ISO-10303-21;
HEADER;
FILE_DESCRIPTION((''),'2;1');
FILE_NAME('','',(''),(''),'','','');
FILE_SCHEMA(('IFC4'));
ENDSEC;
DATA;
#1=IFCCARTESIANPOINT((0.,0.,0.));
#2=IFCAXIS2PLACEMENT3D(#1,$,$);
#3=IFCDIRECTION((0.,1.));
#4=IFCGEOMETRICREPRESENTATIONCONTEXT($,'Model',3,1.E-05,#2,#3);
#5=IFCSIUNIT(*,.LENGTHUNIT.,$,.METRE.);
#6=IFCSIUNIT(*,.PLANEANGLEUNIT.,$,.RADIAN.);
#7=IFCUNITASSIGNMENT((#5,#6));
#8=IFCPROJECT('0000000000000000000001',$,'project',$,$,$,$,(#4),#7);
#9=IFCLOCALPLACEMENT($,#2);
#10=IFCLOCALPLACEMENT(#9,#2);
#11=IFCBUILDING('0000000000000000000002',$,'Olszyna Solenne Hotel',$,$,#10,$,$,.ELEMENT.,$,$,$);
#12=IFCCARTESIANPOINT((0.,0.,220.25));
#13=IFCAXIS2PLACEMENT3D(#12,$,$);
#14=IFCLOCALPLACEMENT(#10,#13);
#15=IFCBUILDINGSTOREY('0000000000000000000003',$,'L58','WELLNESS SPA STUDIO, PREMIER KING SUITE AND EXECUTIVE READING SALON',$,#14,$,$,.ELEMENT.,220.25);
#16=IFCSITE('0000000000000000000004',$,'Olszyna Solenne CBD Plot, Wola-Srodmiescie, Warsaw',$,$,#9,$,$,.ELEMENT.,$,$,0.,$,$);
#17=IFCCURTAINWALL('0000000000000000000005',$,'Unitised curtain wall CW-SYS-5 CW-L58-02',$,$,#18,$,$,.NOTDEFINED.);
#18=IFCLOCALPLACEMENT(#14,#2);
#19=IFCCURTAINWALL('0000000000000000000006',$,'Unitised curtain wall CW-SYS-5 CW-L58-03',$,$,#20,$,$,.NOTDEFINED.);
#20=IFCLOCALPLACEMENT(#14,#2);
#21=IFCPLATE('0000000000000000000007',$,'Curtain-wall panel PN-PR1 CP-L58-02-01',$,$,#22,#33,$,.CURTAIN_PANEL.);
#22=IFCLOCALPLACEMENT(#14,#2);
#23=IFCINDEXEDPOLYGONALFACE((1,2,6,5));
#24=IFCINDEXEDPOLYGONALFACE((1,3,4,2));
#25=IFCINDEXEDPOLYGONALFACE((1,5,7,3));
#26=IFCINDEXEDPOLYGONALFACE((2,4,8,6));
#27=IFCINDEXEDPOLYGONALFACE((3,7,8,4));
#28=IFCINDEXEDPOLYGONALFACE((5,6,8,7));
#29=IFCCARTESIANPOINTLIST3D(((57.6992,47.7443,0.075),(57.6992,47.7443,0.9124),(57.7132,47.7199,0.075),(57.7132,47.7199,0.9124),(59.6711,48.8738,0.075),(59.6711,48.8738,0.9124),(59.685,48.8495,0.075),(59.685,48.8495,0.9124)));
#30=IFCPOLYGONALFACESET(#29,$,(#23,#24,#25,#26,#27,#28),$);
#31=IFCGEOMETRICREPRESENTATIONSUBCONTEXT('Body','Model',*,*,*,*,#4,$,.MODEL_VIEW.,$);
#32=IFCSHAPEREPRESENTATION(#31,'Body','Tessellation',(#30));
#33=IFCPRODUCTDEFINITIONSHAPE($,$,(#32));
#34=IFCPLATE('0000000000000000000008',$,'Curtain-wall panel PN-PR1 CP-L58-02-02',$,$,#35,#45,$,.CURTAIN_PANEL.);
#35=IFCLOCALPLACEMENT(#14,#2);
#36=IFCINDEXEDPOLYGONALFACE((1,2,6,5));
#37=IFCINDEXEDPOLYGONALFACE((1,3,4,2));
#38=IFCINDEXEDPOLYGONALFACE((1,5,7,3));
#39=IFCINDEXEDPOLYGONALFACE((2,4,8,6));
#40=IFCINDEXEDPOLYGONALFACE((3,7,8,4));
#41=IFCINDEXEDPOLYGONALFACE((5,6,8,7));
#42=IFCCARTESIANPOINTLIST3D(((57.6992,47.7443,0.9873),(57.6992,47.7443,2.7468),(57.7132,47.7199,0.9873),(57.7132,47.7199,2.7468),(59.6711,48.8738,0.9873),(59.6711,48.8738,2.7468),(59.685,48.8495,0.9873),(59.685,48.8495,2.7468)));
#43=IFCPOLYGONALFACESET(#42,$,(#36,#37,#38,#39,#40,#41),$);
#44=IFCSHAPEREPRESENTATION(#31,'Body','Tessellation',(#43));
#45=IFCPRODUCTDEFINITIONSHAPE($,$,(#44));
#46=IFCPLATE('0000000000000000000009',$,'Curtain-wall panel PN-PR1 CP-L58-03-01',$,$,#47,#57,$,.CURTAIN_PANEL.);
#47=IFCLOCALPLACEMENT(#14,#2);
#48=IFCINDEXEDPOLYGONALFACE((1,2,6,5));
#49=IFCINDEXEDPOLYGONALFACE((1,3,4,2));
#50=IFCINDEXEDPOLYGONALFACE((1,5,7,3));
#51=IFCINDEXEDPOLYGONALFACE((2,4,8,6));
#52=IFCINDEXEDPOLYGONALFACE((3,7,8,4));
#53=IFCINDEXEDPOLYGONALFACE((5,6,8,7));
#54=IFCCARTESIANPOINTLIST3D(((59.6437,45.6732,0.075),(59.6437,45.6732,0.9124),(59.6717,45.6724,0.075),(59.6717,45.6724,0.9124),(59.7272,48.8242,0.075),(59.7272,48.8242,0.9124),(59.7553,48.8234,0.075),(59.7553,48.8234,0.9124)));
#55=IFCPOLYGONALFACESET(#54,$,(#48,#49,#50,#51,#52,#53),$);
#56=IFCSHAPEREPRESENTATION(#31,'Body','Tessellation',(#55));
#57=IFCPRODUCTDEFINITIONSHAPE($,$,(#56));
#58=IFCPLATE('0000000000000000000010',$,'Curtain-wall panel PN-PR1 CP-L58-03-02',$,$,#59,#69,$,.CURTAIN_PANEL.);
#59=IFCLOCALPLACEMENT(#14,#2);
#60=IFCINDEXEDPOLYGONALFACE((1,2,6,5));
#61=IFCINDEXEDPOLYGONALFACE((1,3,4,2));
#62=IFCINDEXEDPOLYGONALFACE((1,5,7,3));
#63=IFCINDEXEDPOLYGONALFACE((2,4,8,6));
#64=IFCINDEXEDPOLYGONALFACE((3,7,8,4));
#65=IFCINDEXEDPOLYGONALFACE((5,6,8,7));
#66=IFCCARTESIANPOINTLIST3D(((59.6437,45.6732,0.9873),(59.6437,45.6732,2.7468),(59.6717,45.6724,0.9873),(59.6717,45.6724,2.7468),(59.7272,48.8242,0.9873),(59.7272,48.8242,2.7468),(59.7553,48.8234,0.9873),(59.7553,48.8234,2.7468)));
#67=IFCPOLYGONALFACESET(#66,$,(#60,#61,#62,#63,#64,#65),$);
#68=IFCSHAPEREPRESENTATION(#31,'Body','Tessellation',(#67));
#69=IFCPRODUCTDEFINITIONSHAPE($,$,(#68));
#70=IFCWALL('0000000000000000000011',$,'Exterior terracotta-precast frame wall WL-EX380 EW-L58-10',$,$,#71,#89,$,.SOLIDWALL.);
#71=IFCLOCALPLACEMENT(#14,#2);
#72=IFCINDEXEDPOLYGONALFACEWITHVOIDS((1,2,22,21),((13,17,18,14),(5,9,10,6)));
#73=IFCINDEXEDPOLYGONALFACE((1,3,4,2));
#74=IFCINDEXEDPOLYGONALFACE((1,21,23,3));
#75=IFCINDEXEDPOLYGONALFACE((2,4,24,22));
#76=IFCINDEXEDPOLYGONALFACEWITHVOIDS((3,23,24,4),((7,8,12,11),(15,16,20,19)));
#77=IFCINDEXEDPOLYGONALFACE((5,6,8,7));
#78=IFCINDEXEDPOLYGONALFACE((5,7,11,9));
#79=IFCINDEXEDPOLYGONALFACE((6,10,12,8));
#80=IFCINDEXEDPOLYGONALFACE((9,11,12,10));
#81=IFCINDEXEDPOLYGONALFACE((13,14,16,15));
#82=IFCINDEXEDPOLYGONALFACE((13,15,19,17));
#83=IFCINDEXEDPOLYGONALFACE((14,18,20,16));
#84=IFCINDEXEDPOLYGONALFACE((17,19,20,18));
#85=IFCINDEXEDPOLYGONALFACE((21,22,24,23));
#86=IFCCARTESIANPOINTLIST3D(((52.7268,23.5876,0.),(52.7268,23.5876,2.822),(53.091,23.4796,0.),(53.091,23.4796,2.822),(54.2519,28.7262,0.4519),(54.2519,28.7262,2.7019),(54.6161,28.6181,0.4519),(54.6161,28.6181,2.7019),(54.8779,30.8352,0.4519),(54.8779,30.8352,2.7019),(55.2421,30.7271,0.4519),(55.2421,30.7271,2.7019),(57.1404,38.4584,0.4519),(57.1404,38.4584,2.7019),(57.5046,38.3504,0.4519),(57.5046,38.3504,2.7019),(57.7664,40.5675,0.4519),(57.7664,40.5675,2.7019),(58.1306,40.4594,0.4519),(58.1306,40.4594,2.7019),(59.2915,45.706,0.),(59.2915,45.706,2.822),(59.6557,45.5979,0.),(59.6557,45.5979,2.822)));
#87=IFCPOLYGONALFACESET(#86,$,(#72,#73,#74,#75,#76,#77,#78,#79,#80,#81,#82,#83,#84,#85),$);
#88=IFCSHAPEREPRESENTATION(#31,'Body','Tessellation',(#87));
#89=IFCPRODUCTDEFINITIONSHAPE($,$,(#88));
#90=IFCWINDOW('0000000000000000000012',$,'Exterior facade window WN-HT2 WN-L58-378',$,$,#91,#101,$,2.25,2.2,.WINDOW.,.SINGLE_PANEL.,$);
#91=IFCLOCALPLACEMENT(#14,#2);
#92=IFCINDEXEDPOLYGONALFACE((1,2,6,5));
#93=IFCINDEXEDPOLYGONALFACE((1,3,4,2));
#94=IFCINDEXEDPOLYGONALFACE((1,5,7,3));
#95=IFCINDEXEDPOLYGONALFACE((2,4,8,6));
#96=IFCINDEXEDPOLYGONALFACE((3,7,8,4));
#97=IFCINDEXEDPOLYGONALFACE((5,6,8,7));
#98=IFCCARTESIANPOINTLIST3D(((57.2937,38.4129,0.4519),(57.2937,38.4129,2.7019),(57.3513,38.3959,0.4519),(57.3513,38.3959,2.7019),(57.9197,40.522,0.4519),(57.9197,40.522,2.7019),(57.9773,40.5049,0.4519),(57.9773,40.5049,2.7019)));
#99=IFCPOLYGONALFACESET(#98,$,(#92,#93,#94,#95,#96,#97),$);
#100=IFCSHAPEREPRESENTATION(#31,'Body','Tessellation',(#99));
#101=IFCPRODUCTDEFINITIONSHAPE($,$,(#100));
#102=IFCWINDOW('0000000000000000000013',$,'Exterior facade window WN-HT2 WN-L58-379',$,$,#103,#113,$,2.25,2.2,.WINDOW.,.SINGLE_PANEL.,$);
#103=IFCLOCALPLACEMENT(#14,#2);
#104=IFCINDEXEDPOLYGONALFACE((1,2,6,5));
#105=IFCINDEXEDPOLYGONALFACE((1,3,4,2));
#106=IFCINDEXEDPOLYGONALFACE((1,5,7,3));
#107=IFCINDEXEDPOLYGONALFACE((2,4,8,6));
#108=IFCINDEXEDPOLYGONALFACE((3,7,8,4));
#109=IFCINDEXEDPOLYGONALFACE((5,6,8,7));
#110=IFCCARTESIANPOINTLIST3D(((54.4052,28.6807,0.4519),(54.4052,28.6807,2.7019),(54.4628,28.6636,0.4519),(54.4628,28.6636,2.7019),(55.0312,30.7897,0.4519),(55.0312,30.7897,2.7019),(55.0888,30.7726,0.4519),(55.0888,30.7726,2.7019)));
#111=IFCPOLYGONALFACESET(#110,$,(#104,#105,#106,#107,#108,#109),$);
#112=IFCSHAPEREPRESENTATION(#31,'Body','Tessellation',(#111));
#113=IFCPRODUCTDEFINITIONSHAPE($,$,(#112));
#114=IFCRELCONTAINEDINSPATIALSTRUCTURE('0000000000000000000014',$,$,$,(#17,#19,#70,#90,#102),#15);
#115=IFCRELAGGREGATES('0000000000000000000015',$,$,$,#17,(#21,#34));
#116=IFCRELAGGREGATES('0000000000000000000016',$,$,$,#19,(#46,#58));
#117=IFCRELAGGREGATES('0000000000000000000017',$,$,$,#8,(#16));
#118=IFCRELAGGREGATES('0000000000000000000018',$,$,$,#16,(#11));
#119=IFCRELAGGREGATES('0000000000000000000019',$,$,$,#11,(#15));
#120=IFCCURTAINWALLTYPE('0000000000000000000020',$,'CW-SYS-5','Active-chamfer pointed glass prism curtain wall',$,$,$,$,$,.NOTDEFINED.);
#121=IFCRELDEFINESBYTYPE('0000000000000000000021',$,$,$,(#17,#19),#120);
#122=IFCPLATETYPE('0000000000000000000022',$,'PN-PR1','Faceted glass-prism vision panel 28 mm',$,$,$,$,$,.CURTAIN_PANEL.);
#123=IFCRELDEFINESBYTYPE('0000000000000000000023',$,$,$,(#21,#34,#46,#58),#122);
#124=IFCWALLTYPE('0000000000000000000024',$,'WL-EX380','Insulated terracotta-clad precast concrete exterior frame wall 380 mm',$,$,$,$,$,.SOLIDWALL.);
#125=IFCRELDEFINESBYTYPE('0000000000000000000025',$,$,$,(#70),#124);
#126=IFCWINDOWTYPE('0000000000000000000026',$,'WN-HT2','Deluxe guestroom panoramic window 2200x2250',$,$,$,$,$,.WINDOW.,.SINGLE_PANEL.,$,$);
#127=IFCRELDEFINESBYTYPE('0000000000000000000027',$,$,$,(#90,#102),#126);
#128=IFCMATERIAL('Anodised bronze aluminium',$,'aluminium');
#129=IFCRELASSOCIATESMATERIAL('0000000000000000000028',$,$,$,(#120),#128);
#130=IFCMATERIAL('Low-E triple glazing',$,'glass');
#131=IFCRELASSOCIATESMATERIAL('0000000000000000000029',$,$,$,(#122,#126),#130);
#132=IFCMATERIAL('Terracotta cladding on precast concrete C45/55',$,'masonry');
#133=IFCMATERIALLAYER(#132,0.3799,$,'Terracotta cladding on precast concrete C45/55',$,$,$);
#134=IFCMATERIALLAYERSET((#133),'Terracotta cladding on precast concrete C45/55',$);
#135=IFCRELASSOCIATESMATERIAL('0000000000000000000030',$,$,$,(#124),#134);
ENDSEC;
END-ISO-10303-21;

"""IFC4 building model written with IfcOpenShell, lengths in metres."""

from ifc_helpers import new_model, si_unit, direction, frame, frame_2d, origin, origin_2d, place, context, subcontext, project, spatial, rectangle, extrude, source, transform, mapped, material, layer, layer_set, type_object, type_shapes, element, fill, aggregate, save


model = new_model("IFC4")

# Units and contexts
model_context = context("Model", 3, precision=1e-05, world=origin(), true_north=direction((0.0, 1.0)))
body_context = subcontext(model_context, "Body", "Model", "MODEL_VIEW")
ifc_project = project(units=[si_unit("LENGTHUNIT", "METRE"), si_unit("PLANEANGLEUNIT", "RADIAN")], contexts=[model_context])

# Site, building, storey
site_placement = place(None, origin())
site = spatial("IfcSite", under=ifc_project, at=site_placement, Name="Olszyna Solenne CBD Plot, Wola-Srodmiescie, Warsaw", CompositionType="ELEMENT", RefElevation=0.0)
building_placement = place(site_placement, origin())
building = spatial("IfcBuilding", under=site, at=building_placement, Name="Olszyna Solenne Hotel", CompositionType="ELEMENT")
storey_placement = place(building_placement, frame((0.0, 0.0, 220.25)))
storey = spatial("IfcBuildingStorey", under=building, at=storey_placement, Name="L58", Description="WELLNESS SPA STUDIO, PREMIER KING SUITE AND EXECUTIVE READING SALON", CompositionType="ELEMENT", Elevation=220.25)

# Curtain walls
ifc_material_1 = material(Name="Anodised bronze aluminium", Category="aluminium")
curtain_wall_type = type_object("IfcCurtainWallType", Name="CW-SYS-5", Description="Active-chamfer pointed glass prism curtain wall", PredefinedType="NOTDEFINED", material=ifc_material_1)
curtain_wall_1_placement = place(storey_placement, origin())
curtain_wall_1 = element("IfcCurtainWall", 1, at=curtain_wall_1_placement, inside=storey, type_object=curtain_wall_type, Name="Unitised curtain wall CW-SYS-5 CW-L58-02", PredefinedType="NOTDEFINED")
curtain_wall_2_placement = place(storey_placement, origin())
curtain_wall_2 = element("IfcCurtainWall", 2, at=curtain_wall_2_placement, inside=storey, type_object=curtain_wall_type, Name="Unitised curtain wall CW-SYS-5 CW-L58-03", PredefinedType="NOTDEFINED")

# Plates
ifc_material_2 = material(Name="Low-E triple glazing", Category="glass")
plate_type_1 = type_object("IfcPlateType", Name="PN-PR1", Description="Faceted glass-prism vision panel 28 mm", PredefinedType="CURTAIN_PANEL", material=ifc_material_2)
shared_shape_1 = source(origin(), body_context, "Body", "SweptSolid", [
    extrude(rectangle(XDim=2.2725, YDim=0.0281, at=origin_2d()), origin(), (0.0, 0.0, 1.0), 0.8374),
])
plate_1_placement = place(storey_placement, frame((58.6921, 48.2969, 0.075), z_axis=(0.0, 0.0, 1.0), x_axis=(0.867717, 0.497059, 0.0)))
plate_1 = element("IfcPlate", 3, at=plate_1_placement, type_object=plate_type_1, Name="Curtain-wall panel PN-PR1 CP-L58-02-01", PredefinedType="CURTAIN_PANEL", context=body_context, shape_type="MappedRepresentation", body=[
    mapped(shared_shape_1, transform((0.0, 0.0, 0.0), x_axis=(1.0, 0.0, 0.0), y_axis=(0.0, 1.0, 0.0), z_axis=(0.0, 0.0, 1.0), scale=1.0)),
])
shared_shape_2 = source(origin(), body_context, "Body", "SweptSolid", [
    extrude(rectangle(XDim=2.2725, YDim=0.0281, at=origin_2d()), origin(), (0.0, 0.0, 1.0), 1.7595),
])
plate_2_placement = place(storey_placement, frame((58.6921, 48.2969, 0.9873), z_axis=(0.0, 0.0, 1.0), x_axis=(0.867717, 0.497059, 0.0)))
plate_2 = element("IfcPlate", 4, at=plate_2_placement, type_object=plate_type_1, Name="Curtain-wall panel PN-PR1 CP-L58-02-02", PredefinedType="CURTAIN_PANEL", context=body_context, shape_type="MappedRepresentation", body=[
    mapped(shared_shape_2, transform((0.0, 0.0, 0.0), x_axis=(1.0, 0.0, 0.0), y_axis=(0.0, 1.0, 0.0), z_axis=(0.0, 0.0, 1.0), scale=1.0)),
])
aggregate(curtain_wall_1, [plate_1, plate_2])
shared_shape_3 = source(origin(), body_context, "Body", "SweptSolid", [
    extrude(rectangle(XDim=3.1521, YDim=0.0281, at=origin_2d()), origin(), (0.0, 0.0, 1.0), 0.8374),
])
plate_3_placement = place(storey_placement, frame((59.6995, 47.2483, 0.075), z_axis=(0.0, 0.0, 1.0), x_axis=(0.026498, 0.999649, 0.0)))
plate_3 = element("IfcPlate", 5, at=plate_3_placement, type_object=plate_type_1, Name="Curtain-wall panel PN-PR1 CP-L58-03-01", PredefinedType="CURTAIN_PANEL", context=body_context, shape_type="MappedRepresentation", body=[
    mapped(shared_shape_3, transform((0.0, 0.0, 0.0), x_axis=(1.0, 0.0, 0.0), y_axis=(0.0, 1.0, 0.0), z_axis=(0.0, 0.0, 1.0), scale=1.0)),
])
shared_shape_4 = source(origin(), body_context, "Body", "SweptSolid", [
    extrude(rectangle(XDim=3.1521, YDim=0.0281, at=origin_2d()), origin(), (0.0, 0.0, 1.0), 1.7595),
])
plate_4_placement = place(storey_placement, frame((59.6995, 47.2483, 0.9873), z_axis=(0.0, 0.0, 1.0), x_axis=(0.026498, 0.999649, 0.0)))
plate_4 = element("IfcPlate", 6, at=plate_4_placement, type_object=plate_type_1, Name="Curtain-wall panel PN-PR1 CP-L58-03-02", PredefinedType="CURTAIN_PANEL", context=body_context, shape_type="MappedRepresentation", body=[
    mapped(shared_shape_4, transform((0.0, 0.0, 0.0), x_axis=(1.0, 0.0, 0.0), y_axis=(0.0, 1.0, 0.0), z_axis=(0.0, 0.0, 1.0), scale=1.0)),
])
aggregate(curtain_wall_2, [plate_3, plate_4])

# Wall, openings, windows
ifc_material_3 = material(Name="Terracotta cladding on precast concrete C45/55", Category="masonry")
ifc_layer = layer(ifc_material_3, 0.3799, Name="Terracotta cladding on precast concrete C45/55")
ifc_layer_set = layer_set([ifc_layer], Name="Terracotta cladding on precast concrete C45/55")
wall_type = type_object("IfcWallType", Name="WL-EX380", Description="Insulated terracotta-clad precast concrete exterior frame wall 380 mm", PredefinedType="SOLIDWALL", material=ifc_layer_set)
wall_placement = place(storey_placement, frame((59.4736, 45.6521, 0.0), z_axis=(0.0, 0.0, 1.0), x_axis=(-0.28453, -0.958667, 0.0)))
wall = element("IfcWall", 7, at=wall_placement, inside=storey, type_object=wall_type, Name="Exterior terracotta-precast frame wall WL-EX380 EW-L58-10", PredefinedType="SOLIDWALL", context=body_context, shape_type="SweptSolid", body=[
    extrude(rectangle(XDim=23.072, YDim=0.3799, at=frame_2d((11.5361, 0.0))), origin(), (0.0, 0.0, 1.0), 2.822),
])
opening_1_placement = place(wall_placement, frame((5.3601, 0.0, 0.4519)))
opening_1 = element("IfcOpeningElement", 8, at=opening_1_placement, cuts=wall, PredefinedType="OPENING", context=body_context, shape_type="SweptSolid", body=[
    extrude(rectangle(XDim=2.2, YDim=2.25, at=frame_2d((1.1001, 1.125))), frame((0.0, 0.2, 0.0), z_axis=(0.0, -1.0, 0.0), x_axis=(1.0, 0.0, 0.0)), (0.0, 0.0, 1.0), 0.3999),
])
opening_2_placement = place(wall_placement, frame((15.512, 0.0, 0.4519)))
opening_2 = element("IfcOpeningElement", 9, at=opening_2_placement, cuts=wall, PredefinedType="OPENING", context=body_context, shape_type="SweptSolid", body=[
    extrude(rectangle(XDim=2.2, YDim=2.25, at=frame_2d((1.1001, 1.125))), frame((0.0, 0.2, 0.0), z_axis=(0.0, -1.0, 0.0), x_axis=(1.0, 0.0, 0.0)), (0.0, 0.0, 1.0), 0.3999),
])
window_type = type_object("IfcWindowType", Name="WN-HT2", Description="Deluxe guestroom panoramic window 2200x2250", PartitioningType="SINGLE_PANEL", PredefinedType="WINDOW", material=ifc_material_2)
shared_shape_5 = source(origin(), body_context, "Body", "SweptSolid", [
    extrude(rectangle(XDim=2.2, YDim=2.25, at=frame_2d((1.1001, 1.125))), frame((0.0, 0.03, 0.0), z_axis=(0.0, -1.0, 0.0), x_axis=(1.0, 0.0, 0.0)), (0.0, 0.0, 1.0), 0.0601),
])
type_shapes(window_type, [shared_shape_5])
window_1_placement = place(opening_1_placement, origin())
window_1 = element("IfcWindow", 10, at=window_1_placement, inside=storey, type_object=window_type, Name="Exterior facade window WN-HT2 WN-L58-378", OverallHeight=2.25, OverallWidth=2.2, PartitioningType="SINGLE_PANEL", PredefinedType="WINDOW", context=body_context, shape_type="MappedRepresentation", body=[
    mapped(shared_shape_5, transform((0.0, 0.0, 0.0), x_axis=(1.0, 0.0, 0.0), y_axis=(0.0, 1.0, 0.0), z_axis=(0.0, 0.0, 1.0), scale=1.0)),
])
fill(opening_1, window_1)
window_2_placement = place(opening_2_placement, origin())
window_2 = element("IfcWindow", 11, at=window_2_placement, inside=storey, type_object=window_type, Name="Exterior facade window WN-HT2 WN-L58-379", OverallHeight=2.25, OverallWidth=2.2, PartitioningType="SINGLE_PANEL", PredefinedType="WINDOW", context=body_context, shape_type="MappedRepresentation", body=[
    mapped(shared_shape_5, transform((0.0, 0.0, 0.0), x_axis=(1.0, 0.0, 0.0), y_axis=(0.0, 1.0, 0.0), z_axis=(0.0, 0.0, 1.0), scale=1.0)),
])
fill(opening_2, window_2)

save(model, "model.ifc")
